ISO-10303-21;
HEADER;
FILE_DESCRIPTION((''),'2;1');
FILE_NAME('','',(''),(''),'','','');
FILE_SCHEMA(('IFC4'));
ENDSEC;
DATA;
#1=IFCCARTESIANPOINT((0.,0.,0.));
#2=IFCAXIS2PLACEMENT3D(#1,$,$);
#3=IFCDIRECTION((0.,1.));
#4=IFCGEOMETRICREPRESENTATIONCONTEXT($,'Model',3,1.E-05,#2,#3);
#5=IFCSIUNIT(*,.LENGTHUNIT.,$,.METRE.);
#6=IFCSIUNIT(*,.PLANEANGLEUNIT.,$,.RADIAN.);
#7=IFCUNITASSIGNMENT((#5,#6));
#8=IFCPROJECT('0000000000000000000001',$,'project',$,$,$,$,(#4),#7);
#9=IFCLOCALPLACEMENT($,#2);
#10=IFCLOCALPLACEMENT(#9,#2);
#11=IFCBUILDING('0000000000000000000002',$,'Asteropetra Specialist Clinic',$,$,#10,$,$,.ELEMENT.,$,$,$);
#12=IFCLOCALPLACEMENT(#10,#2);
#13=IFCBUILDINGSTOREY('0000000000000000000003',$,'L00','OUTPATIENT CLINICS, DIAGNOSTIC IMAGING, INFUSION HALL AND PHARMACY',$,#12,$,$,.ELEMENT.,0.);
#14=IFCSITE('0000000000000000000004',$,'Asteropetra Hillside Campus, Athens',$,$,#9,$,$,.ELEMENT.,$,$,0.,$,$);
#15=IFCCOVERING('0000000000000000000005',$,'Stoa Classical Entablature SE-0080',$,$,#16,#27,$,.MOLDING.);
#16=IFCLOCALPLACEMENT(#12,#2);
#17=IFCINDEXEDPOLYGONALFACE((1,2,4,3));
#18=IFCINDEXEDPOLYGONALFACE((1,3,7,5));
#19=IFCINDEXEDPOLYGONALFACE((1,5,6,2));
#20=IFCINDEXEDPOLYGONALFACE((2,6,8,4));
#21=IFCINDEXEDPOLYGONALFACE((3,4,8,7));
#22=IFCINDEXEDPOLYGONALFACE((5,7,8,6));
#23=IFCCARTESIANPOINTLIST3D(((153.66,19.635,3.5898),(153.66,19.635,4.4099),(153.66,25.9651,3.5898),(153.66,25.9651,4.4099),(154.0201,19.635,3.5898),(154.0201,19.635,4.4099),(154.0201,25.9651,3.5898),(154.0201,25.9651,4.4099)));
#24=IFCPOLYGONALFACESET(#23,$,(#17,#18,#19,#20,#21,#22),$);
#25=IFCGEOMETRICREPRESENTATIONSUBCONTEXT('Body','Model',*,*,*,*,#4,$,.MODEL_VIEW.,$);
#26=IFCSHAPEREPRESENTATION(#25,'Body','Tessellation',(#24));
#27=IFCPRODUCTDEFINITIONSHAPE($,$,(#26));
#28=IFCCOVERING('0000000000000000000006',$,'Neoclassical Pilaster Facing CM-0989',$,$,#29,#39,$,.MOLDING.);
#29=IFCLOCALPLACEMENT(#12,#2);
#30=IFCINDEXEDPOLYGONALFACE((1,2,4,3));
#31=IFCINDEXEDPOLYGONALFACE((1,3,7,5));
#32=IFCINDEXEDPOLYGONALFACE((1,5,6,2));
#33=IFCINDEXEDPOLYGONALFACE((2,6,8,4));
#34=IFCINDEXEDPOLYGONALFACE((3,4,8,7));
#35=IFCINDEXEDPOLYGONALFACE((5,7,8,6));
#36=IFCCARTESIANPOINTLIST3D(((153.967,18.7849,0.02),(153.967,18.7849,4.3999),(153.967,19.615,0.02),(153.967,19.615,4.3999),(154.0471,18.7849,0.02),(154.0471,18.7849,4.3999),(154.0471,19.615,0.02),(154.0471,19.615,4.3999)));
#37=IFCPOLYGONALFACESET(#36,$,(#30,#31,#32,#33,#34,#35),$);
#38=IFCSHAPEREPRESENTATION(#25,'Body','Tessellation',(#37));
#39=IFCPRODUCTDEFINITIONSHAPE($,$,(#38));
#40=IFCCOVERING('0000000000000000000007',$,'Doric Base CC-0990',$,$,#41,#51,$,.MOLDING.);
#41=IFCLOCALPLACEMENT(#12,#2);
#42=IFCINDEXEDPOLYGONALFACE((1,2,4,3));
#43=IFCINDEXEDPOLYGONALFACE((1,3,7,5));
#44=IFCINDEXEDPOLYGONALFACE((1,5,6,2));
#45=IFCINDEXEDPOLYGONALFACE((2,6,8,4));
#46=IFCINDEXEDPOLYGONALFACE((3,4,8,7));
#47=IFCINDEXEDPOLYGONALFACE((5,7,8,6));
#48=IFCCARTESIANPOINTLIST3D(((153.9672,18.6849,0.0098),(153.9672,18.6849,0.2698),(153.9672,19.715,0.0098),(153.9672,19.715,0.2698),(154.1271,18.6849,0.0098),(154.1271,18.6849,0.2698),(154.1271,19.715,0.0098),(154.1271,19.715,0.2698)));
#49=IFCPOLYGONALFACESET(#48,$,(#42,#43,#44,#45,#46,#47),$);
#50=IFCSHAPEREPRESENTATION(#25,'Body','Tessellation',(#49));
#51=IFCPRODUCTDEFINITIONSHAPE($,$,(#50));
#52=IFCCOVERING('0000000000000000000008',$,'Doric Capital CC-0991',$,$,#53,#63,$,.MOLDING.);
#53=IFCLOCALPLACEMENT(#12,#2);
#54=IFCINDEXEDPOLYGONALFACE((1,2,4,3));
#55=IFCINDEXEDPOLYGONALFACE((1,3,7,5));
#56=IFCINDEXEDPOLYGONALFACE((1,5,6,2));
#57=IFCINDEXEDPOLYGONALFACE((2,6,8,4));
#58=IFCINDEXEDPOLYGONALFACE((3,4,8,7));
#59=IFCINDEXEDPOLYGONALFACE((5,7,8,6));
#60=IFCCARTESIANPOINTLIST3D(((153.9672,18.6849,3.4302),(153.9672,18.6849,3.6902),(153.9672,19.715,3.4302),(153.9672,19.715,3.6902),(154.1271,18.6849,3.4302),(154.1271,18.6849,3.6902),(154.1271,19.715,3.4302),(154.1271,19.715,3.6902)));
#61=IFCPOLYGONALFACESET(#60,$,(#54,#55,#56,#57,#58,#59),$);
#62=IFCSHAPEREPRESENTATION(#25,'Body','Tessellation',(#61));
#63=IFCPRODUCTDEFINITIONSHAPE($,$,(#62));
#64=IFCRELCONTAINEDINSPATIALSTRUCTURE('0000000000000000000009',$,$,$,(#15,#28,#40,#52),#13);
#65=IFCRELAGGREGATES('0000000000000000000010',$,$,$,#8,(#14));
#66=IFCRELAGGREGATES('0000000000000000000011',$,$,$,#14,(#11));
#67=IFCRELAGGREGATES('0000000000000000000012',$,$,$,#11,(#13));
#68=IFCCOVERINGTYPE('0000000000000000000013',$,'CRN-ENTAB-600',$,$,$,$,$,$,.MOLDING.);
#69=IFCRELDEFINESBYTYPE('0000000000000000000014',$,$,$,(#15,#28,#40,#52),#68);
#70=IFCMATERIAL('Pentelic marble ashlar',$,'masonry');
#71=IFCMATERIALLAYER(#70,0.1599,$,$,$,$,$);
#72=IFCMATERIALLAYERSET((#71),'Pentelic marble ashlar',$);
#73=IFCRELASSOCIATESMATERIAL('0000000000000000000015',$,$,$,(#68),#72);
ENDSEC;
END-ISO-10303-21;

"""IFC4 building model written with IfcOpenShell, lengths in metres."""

from ifc_helpers import new_model, si_unit, direction, frame, origin, origin_2d, place, context, subcontext, project, spatial, rectangle, extrude, material, layer, layer_set, type_object, element, save


model = new_model("IFC4")

# Units and contexts
model_context = context("Model", 3, precision=1e-05, world=origin(), true_north=direction((0.0, 1.0)))
body_context = subcontext(model_context, "Body", "Model", "MODEL_VIEW")
ifc_project = project(units=[si_unit("LENGTHUNIT", "METRE"), si_unit("PLANEANGLEUNIT", "RADIAN")], contexts=[model_context])

# Site, building, storey
site_placement = place(None, origin())
site = spatial("IfcSite", under=ifc_project, at=site_placement, Name="Asteropetra Hillside Campus, Athens", CompositionType="ELEMENT", RefElevation=0.0)
building_placement = place(site_placement, origin())
building = spatial("IfcBuilding", under=site, at=building_placement, Name="Asteropetra Specialist Clinic", CompositionType="ELEMENT")
storey_placement = place(building_placement, origin())
storey = spatial("IfcBuildingStorey", under=building, at=storey_placement, Name="L00", Description="OUTPATIENT CLINICS, DIAGNOSTIC IMAGING, INFUSION HALL AND PHARMACY", CompositionType="ELEMENT", Elevation=0.0)

# Coverings
ifc_material_1 = material(Name="Pentelic marble ashlar", Category="masonry")
ifc_layer_1 = layer(ifc_material_1, 0.1599)
ifc_layer_set_1 = layer_set([ifc_layer_1], Name="Pentelic marble ashlar")
covering_type = type_object("IfcCoveringType", Name="CRN-ENTAB-600", PredefinedType="MOLDING", material=ifc_layer_set_1)
covering_1_placement = place(storey_placement, frame((153.8401, 22.8, 3.5898), z_axis=(0.0, 0.0, 1.0), x_axis=(1.0, 0.0, 0.0)))
element("IfcCovering", 1, at=covering_1_placement, inside=storey, type_object=covering_type, Name="Stoa Classical Entablature SE-0080", PredefinedType="MOLDING", context=body_context, shape_type="SweptSolid", body=[
    extrude(rectangle(XDim=0.3601, YDim=6.3301, at=origin_2d()), origin(), (0.0, 0.0, 1.0), 0.8201),
])
covering_2_placement = place(storey_placement, frame((154.0071, 19.2, 0.02), z_axis=(0.0, 0.0, 1.0), x_axis=(1.0, 0.0, 0.0)))
element("IfcCovering", 2, at=covering_2_placement, inside=storey, type_object=covering_type, Name="Neoclassical Pilaster Facing CM-0989", PredefinedType="MOLDING", context=body_context, shape_type="SweptSolid", body=[
    extrude(rectangle(XDim=0.0801, YDim=0.8301, at=origin_2d()), origin(), (0.0, 0.0, 1.0), 4.3799),
])
for number, where, z_axis, x_axis, name in (
    (3, (154.0471, 19.2, 0.0098), (0.0, 0.0, 1.0), (1.0, 0.0, 0.0), "Doric Base CC-0990"),
    (4, (154.0471, 19.2, 3.4302), (0.0, 0.0, 1.0), (1.0, 0.0, 0.0), "Doric Capital CC-0991"),
):
    element("IfcCovering", number, at=place(storey_placement, frame(where, z_axis=z_axis, x_axis=x_axis)), inside=storey, type_object=covering_type, Name=name, PredefinedType="MOLDING", context=body_context, shape_type="SweptSolid", body=[
        extrude(rectangle(XDim=0.1599, YDim=1.03, at=origin_2d()), origin(), (0.0, 0.0, 1.0), 0.26),
    ])

save(model, "model.ifc")
